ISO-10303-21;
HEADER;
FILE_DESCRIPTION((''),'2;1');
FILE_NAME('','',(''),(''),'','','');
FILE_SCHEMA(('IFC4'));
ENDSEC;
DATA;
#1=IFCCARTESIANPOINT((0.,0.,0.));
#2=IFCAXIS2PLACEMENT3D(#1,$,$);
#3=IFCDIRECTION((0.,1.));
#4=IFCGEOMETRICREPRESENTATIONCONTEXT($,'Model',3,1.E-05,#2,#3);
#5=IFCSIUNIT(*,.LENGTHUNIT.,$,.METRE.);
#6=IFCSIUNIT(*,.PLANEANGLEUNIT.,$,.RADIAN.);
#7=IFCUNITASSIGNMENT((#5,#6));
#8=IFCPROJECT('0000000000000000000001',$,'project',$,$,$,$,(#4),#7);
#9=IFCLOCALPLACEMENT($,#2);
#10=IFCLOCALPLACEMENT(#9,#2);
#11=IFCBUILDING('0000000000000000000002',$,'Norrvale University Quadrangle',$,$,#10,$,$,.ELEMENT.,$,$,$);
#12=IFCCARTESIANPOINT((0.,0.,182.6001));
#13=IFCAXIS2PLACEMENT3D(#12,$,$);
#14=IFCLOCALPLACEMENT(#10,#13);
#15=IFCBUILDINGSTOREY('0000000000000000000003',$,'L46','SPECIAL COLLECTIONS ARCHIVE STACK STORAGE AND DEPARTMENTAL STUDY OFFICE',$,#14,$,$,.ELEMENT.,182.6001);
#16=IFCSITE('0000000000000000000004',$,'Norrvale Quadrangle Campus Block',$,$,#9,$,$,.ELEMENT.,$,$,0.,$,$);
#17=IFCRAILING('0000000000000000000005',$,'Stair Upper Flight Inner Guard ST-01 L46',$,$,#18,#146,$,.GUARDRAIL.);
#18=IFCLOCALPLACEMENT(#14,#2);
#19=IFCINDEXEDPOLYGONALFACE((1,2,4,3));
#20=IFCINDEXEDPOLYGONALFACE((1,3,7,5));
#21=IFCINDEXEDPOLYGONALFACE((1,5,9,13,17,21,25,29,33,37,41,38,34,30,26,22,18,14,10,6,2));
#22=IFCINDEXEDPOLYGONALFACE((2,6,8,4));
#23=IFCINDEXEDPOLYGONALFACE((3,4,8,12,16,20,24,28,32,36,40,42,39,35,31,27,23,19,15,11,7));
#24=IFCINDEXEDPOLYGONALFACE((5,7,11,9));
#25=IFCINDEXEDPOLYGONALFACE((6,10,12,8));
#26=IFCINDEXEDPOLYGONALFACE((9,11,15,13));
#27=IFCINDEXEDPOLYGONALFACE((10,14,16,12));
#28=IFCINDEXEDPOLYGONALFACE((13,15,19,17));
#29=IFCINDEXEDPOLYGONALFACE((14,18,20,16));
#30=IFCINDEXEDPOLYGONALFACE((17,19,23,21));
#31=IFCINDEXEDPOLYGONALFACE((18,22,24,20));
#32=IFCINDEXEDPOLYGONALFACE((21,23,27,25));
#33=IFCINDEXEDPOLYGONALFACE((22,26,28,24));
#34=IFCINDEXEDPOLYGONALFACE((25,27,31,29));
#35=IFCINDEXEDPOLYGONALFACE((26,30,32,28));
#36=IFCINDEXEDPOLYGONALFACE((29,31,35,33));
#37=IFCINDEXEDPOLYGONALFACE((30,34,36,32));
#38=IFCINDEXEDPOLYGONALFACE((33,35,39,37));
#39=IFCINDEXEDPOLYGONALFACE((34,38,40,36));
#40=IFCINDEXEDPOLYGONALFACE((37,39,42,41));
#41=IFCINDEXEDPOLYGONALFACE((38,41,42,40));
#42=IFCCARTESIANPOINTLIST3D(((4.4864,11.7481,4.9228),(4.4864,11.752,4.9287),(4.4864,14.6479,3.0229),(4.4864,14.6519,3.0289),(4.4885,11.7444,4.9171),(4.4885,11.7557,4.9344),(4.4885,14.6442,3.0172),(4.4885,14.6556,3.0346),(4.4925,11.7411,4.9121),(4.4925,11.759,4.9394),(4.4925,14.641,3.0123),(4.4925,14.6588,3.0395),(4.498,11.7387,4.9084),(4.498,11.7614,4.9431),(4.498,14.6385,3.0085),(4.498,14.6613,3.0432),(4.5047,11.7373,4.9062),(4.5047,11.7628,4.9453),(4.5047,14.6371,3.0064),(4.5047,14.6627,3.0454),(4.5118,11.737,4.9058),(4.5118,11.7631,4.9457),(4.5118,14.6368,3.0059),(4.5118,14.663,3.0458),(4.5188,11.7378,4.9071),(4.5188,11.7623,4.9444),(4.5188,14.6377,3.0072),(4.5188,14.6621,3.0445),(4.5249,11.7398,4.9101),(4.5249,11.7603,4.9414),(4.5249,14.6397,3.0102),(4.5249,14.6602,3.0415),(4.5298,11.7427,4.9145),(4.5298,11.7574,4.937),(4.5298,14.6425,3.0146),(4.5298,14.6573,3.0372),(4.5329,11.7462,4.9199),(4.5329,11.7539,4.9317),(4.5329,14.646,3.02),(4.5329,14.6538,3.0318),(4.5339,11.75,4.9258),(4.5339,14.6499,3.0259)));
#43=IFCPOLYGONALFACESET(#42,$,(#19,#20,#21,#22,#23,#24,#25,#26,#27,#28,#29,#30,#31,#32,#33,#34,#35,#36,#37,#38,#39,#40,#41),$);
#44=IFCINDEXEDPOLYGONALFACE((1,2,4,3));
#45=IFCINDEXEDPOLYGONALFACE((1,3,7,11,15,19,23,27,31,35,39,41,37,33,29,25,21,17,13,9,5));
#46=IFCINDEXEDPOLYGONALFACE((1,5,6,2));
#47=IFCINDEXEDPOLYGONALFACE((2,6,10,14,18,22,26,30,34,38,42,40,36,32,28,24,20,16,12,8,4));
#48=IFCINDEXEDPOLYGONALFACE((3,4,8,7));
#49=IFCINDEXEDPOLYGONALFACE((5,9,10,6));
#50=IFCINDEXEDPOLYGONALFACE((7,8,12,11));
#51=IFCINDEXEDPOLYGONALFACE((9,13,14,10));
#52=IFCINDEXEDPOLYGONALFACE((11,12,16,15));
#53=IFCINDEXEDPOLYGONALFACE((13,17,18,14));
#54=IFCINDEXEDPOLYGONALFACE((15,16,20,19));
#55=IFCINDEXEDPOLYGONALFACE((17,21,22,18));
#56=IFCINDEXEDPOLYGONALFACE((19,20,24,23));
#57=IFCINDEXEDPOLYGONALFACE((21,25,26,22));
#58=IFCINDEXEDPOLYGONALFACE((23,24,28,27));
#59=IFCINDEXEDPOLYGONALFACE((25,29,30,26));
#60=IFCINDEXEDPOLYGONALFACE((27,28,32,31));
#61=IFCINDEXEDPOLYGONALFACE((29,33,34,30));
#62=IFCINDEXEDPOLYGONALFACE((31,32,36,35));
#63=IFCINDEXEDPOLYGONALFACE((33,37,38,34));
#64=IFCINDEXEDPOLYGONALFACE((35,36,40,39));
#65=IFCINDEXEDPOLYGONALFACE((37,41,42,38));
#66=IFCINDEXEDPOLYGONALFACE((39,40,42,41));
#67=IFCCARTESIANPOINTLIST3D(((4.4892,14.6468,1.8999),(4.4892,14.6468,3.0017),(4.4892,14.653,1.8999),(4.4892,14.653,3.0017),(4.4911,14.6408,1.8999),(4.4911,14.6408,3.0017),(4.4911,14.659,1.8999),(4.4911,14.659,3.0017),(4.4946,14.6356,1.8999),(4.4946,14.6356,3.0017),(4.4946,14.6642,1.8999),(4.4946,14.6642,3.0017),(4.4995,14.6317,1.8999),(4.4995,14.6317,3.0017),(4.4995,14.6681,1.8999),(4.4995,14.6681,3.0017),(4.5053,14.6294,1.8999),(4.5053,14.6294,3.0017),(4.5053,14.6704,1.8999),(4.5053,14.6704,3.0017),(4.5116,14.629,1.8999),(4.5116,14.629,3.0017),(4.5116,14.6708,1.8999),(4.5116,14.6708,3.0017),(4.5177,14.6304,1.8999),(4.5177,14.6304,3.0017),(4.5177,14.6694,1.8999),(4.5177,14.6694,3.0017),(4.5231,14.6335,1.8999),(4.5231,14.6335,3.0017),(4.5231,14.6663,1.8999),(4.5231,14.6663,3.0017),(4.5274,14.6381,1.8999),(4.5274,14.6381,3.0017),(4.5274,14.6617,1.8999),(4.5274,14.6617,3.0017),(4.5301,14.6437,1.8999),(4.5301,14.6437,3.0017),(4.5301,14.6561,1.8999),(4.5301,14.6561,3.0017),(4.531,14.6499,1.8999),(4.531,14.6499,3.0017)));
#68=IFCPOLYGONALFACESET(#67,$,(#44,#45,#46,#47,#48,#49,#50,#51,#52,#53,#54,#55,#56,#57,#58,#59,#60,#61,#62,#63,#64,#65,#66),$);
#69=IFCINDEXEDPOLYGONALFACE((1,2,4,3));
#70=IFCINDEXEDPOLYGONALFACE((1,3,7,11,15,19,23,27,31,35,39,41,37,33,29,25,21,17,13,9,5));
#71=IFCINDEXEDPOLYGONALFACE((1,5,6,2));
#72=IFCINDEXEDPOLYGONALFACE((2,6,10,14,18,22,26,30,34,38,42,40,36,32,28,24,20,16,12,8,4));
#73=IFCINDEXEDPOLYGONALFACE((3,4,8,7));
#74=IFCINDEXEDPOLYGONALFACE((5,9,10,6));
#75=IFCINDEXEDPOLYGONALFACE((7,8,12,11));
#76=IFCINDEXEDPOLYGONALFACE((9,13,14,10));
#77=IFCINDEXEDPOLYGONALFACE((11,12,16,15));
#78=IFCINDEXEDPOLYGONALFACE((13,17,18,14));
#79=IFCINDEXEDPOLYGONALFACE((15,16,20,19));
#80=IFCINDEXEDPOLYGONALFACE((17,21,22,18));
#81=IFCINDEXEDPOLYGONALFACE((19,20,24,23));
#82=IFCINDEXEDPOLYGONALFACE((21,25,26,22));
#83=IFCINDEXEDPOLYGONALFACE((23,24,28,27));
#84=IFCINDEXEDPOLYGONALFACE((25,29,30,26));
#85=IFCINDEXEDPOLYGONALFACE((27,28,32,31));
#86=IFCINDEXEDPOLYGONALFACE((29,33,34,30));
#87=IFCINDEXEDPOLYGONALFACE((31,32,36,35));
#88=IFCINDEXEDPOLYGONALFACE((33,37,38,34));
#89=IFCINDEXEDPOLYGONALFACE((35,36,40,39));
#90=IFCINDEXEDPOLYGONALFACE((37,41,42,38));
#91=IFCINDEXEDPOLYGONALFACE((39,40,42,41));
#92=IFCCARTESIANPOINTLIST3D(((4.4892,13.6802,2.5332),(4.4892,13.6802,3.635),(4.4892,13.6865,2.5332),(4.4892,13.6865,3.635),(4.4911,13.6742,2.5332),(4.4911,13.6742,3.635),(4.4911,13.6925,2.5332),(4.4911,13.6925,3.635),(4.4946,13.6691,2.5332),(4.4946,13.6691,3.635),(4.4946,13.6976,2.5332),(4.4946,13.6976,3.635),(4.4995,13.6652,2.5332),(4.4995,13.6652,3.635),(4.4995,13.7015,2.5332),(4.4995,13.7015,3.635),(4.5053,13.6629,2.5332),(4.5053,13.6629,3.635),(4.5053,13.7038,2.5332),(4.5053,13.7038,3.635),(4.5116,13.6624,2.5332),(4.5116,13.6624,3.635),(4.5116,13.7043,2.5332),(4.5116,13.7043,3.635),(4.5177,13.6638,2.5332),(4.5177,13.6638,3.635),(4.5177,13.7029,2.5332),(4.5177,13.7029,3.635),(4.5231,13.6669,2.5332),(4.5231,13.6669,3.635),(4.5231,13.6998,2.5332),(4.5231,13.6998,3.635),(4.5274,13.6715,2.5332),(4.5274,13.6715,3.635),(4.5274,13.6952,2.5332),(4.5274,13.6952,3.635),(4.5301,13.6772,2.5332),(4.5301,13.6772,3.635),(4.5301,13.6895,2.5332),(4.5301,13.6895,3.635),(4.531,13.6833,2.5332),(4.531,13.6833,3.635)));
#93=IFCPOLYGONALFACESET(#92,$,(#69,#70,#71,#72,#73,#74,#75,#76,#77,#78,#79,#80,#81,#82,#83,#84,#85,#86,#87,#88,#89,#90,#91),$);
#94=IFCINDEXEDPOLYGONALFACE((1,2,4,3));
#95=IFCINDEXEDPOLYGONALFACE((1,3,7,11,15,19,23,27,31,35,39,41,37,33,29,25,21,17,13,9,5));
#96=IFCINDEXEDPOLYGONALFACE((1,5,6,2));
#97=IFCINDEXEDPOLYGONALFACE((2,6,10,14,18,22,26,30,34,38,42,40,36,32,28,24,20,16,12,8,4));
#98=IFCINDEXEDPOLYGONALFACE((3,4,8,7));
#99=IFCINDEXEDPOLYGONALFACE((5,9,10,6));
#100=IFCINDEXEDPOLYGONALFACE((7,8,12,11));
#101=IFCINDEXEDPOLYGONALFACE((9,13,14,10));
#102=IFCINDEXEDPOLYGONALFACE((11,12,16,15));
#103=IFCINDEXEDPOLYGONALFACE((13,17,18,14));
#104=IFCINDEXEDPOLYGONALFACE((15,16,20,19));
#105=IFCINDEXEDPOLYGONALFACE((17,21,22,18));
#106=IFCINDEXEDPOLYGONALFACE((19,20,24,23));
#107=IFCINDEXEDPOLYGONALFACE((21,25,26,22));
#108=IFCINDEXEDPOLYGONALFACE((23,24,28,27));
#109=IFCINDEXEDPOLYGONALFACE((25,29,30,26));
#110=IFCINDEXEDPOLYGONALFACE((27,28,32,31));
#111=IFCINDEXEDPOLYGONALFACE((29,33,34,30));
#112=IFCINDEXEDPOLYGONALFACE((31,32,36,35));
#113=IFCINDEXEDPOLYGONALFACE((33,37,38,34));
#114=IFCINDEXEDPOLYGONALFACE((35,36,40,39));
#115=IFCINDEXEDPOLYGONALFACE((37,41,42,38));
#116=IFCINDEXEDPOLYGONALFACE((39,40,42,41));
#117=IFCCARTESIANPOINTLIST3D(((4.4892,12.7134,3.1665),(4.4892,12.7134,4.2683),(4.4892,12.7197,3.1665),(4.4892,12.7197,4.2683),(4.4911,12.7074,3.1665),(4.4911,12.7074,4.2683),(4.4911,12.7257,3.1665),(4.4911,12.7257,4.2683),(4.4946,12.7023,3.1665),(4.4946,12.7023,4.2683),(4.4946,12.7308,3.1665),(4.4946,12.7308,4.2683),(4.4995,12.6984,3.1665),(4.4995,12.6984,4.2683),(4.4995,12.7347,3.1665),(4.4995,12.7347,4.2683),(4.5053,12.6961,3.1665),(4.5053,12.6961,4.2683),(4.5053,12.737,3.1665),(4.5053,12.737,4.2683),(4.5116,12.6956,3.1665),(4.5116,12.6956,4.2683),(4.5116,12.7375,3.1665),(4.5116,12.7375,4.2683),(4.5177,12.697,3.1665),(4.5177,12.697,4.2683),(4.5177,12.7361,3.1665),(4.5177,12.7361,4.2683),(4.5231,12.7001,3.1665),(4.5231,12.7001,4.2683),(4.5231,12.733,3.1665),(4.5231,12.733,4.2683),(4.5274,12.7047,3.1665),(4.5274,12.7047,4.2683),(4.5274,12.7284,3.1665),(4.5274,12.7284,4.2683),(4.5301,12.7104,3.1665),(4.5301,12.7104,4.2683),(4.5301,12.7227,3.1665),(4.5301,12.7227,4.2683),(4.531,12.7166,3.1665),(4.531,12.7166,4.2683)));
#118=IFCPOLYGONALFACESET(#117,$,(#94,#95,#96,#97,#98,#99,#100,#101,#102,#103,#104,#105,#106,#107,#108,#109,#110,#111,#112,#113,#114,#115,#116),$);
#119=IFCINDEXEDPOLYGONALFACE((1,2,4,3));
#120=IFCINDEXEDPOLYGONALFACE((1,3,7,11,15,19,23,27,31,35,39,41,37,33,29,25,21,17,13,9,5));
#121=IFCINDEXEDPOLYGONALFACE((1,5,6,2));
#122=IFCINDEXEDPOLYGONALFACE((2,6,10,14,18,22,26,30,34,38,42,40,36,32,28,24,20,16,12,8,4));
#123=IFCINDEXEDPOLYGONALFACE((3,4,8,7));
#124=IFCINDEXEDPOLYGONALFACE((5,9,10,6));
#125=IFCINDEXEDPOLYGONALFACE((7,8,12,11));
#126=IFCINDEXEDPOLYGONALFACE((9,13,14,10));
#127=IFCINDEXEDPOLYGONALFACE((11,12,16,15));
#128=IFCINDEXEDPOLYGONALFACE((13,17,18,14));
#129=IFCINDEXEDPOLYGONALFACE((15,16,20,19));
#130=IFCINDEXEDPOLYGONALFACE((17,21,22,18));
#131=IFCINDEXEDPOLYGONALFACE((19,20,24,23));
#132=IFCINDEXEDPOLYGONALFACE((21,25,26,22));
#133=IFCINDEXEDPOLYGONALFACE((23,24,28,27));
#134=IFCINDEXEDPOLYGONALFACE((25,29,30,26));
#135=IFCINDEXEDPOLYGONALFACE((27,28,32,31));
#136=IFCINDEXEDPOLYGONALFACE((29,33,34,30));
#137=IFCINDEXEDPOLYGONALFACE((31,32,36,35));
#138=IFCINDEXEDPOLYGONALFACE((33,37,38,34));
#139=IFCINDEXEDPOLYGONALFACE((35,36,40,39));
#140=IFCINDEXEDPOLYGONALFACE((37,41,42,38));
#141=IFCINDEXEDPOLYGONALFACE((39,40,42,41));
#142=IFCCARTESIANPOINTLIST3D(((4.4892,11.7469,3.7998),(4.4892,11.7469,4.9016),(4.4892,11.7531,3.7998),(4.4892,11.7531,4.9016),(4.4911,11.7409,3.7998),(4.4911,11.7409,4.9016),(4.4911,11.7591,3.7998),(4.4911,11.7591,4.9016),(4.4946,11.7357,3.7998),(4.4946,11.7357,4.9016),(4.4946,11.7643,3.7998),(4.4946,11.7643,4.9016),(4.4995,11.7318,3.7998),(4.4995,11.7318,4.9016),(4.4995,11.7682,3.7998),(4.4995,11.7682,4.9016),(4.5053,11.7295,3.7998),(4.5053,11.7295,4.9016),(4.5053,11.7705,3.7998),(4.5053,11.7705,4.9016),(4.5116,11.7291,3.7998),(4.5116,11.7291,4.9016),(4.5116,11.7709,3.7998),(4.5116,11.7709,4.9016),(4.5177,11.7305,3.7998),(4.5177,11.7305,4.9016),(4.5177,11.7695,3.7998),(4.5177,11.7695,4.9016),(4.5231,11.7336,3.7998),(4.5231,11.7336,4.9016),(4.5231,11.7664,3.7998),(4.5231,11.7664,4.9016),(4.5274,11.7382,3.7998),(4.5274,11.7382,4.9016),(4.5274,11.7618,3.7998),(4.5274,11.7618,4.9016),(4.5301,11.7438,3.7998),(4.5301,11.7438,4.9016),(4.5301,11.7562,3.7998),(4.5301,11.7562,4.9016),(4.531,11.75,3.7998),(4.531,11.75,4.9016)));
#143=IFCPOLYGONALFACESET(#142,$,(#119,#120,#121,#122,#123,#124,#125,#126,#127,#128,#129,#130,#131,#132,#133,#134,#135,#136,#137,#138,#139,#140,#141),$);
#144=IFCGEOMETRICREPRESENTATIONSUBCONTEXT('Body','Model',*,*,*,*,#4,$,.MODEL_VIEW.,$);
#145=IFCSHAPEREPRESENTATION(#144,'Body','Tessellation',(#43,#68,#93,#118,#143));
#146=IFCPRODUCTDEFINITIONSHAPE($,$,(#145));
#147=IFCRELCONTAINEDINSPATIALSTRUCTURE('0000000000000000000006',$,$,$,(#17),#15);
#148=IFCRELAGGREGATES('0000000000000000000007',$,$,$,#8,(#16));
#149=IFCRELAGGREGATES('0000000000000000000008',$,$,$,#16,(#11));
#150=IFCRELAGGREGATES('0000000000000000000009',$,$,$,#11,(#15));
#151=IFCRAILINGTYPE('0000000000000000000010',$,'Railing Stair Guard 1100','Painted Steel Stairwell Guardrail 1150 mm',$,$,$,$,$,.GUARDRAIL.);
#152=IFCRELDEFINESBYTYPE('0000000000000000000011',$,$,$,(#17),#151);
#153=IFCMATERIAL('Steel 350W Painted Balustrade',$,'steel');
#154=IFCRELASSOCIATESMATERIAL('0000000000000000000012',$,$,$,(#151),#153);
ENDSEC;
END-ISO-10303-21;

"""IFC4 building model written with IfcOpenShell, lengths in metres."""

from ifc_helpers import new_model, si_unit, direction, frame, origin, origin_2d, place, context, subcontext, project, spatial, circle, extrude, material, type_object, element, save


model = new_model("IFC4")

# Units and contexts
model_context = context("Model", 3, precision=1e-05, world=origin(), true_north=direction((0.0, 1.0)))
body_context = subcontext(model_context, "Body", "Model", "MODEL_VIEW")
ifc_project = project(units=[si_unit("LENGTHUNIT", "METRE"), si_unit("PLANEANGLEUNIT", "RADIAN")], contexts=[model_context])

# Site, building, storey
site_placement = place(None, origin())
site = spatial("IfcSite", under=ifc_project, at=site_placement, Name="Norrvale Quadrangle Campus Block", CompositionType="ELEMENT", RefElevation=0.0)
building_placement = place(site_placement, origin())
building = spatial("IfcBuilding", under=site, at=building_placement, Name="Norrvale University Quadrangle", CompositionType="ELEMENT")
storey_placement = place(building_placement, frame((0.0, 0.0, 182.6001)))
storey = spatial("IfcBuildingStorey", under=building, at=storey_placement, Name="L46", Description="SPECIAL COLLECTIONS ARCHIVE STACK STORAGE AND DEPARTMENTAL STUDY OFFICE", CompositionType="ELEMENT", Elevation=182.6001)

# Railing
ifc_material_1 = material(Name="Steel 350W Painted Balustrade", Category="steel")
railing_type_1 = type_object("IfcRailingType", Name="Railing Stair Guard 1100", Description="Painted Steel Stairwell Guardrail 1150 mm", PredefinedType="GUARDRAIL", material=ifc_material_1)
railing_1_placement = place(storey_placement, frame((4.51, 14.6499, 1.8999)))
element("IfcRailing", 1, at=railing_1_placement, inside=storey, type_object=railing_type_1, Name="Stair Upper Flight Inner Guard ST-01 L46", PredefinedType="GUARDRAIL", context=body_context, shape_type="SweptSolid", body=[
    extrude(circle(Radius=0.0239, at=origin_2d()), frame((0.0, 0.0, 1.126), z_axis=(0.0, -0.836466, 0.548019), x_axis=(1.0, 0.0, 0.0)), (0.0, 0.0, 1.0), 3.4668),
    extrude(circle(Radius=0.021, at=origin_2d()), origin(), (0.0, 0.0, 1.0), 1.1018),
    extrude(circle(Radius=0.021, at=origin_2d()), frame((0.0, -0.9666, 0.6333)), (0.0, 0.0, 1.0), 1.1018),
    extrude(circle(Radius=0.021, at=origin_2d()), frame((0.0, -1.9333, 1.2666)), (0.0, 0.0, 1.0), 1.1018),
    extrude(circle(Radius=0.021, at=origin_2d()), frame((0.0, -2.8999, 1.8999)), (0.0, 0.0, 1.0), 1.1018),
])

save(model, "model.ifc")
